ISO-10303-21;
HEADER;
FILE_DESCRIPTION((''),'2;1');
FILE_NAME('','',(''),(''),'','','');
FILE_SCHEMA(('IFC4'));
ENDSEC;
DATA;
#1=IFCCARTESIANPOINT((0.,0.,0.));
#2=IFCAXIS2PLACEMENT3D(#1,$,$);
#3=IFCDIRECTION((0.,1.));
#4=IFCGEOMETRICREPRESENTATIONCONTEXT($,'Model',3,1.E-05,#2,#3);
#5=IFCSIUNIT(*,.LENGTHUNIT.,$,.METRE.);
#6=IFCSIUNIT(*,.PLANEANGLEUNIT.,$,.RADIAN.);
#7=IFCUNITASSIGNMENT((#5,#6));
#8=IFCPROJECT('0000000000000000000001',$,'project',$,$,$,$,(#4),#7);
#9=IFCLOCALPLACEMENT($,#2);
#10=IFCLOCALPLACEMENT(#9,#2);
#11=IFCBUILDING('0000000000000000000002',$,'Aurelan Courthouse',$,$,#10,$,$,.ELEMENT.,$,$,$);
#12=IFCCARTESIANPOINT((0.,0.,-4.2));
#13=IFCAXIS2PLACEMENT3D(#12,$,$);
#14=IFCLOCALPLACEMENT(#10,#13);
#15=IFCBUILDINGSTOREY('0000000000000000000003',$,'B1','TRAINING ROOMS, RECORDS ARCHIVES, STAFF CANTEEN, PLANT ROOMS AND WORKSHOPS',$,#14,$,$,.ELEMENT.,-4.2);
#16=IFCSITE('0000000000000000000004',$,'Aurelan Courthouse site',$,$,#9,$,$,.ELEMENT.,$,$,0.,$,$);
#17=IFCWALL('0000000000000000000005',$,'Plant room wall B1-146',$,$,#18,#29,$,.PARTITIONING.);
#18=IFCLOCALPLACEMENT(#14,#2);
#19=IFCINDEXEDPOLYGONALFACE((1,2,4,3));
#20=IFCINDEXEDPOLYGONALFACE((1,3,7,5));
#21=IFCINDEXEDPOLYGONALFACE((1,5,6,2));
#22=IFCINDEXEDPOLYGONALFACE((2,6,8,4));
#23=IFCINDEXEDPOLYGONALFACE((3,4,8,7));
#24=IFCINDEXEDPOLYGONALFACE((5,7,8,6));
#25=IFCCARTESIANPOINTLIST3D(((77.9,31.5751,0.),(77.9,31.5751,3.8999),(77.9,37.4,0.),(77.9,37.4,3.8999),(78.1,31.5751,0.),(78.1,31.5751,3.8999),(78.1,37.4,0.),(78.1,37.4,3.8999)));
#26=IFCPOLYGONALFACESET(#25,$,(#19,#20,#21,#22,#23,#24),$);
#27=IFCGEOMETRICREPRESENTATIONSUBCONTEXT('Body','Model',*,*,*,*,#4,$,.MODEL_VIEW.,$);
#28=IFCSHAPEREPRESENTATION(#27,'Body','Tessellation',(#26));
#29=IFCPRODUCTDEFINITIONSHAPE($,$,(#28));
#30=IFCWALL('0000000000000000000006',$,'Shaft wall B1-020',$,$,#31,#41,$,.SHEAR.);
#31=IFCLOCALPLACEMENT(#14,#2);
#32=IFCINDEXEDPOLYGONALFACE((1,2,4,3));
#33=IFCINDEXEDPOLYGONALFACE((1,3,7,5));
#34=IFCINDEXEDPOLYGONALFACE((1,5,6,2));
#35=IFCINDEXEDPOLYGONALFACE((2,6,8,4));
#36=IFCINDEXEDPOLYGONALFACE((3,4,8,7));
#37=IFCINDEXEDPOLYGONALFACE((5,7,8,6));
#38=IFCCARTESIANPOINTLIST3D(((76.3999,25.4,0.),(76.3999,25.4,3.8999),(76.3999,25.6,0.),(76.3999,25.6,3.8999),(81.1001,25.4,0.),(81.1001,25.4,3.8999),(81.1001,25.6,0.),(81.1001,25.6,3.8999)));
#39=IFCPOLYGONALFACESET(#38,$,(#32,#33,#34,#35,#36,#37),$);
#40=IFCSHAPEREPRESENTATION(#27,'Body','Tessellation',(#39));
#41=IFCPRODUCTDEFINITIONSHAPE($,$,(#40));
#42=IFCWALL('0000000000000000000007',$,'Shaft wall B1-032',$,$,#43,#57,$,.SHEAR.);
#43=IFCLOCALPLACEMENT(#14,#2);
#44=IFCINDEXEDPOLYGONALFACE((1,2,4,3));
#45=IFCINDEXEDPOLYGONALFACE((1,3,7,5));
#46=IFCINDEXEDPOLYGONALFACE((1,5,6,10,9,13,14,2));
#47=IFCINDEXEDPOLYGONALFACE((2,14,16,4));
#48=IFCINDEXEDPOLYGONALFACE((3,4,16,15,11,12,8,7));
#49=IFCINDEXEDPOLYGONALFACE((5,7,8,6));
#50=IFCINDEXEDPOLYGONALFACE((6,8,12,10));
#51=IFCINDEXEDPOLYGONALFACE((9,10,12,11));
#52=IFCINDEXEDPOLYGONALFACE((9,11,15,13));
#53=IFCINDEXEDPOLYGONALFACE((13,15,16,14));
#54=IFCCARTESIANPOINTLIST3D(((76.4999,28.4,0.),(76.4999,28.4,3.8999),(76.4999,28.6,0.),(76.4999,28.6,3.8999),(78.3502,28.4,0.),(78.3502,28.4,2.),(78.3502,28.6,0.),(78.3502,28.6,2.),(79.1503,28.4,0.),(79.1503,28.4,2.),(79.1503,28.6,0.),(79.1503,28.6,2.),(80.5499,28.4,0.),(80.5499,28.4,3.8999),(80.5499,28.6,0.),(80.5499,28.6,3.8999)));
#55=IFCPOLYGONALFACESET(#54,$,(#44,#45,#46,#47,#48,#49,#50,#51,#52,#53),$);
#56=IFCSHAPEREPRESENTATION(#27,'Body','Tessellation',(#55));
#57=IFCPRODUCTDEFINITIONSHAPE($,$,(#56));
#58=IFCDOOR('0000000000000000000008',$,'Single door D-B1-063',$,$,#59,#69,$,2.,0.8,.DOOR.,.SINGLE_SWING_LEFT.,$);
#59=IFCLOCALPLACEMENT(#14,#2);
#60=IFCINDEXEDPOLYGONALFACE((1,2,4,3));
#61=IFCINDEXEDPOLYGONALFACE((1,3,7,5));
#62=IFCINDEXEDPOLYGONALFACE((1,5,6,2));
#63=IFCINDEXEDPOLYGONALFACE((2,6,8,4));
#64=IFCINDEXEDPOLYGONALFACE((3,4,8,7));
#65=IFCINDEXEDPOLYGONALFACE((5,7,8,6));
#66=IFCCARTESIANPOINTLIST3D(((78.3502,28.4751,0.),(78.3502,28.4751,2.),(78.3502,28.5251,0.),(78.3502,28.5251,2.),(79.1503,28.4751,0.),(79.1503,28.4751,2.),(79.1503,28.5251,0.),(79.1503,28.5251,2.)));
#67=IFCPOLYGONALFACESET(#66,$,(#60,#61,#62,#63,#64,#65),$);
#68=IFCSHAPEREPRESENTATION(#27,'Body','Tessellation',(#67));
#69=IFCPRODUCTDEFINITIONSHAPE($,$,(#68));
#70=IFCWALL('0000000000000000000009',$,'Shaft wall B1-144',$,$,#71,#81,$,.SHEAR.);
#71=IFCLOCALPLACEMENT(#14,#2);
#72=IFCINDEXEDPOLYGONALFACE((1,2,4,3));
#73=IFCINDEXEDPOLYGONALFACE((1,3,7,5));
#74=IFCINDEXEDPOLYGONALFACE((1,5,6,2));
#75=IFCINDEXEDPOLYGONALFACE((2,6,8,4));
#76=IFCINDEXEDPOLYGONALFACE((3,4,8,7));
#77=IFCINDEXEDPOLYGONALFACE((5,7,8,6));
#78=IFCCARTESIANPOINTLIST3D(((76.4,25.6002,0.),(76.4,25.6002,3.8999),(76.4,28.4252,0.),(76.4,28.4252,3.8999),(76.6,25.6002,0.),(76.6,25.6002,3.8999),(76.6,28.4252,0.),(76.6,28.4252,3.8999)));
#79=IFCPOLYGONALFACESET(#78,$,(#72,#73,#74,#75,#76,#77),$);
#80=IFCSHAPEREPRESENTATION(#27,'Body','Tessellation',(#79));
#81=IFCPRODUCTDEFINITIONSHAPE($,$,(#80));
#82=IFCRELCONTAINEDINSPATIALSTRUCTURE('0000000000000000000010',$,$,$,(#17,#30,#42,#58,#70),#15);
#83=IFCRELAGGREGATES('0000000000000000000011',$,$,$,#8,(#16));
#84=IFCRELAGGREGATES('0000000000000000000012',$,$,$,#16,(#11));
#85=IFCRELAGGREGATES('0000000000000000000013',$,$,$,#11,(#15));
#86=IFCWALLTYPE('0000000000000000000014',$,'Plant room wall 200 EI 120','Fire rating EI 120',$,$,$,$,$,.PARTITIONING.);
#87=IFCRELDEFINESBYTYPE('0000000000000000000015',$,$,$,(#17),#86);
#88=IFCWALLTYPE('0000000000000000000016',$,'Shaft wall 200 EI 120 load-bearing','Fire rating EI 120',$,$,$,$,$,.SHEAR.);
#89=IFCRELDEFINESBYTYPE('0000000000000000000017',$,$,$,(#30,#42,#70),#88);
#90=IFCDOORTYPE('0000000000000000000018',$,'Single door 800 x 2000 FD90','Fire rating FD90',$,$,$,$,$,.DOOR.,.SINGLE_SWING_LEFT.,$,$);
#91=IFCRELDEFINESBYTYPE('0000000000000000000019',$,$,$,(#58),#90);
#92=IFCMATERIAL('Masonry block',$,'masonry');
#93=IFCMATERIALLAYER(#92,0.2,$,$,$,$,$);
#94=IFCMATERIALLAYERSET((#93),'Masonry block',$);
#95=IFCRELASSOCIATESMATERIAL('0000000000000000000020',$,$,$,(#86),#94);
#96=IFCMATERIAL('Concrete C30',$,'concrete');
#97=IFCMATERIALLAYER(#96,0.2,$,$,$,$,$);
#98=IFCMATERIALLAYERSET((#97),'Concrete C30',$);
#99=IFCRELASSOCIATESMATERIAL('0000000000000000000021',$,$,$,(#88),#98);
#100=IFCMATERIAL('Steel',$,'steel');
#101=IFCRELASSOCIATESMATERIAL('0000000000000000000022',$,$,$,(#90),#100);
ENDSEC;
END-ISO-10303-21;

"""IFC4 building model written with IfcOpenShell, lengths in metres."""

from ifc_helpers import new_model, si_unit, direction, frame, frame_2d, origin, place, context, subcontext, project, spatial, rectangle, extrude, material, layer, layer_set, type_object, element, fill, save


model = new_model("IFC4")

# Units and contexts
model_context = context("Model", 3, precision=1e-05, world=origin(), true_north=direction((0.0, 1.0)))
body_context = subcontext(model_context, "Body", "Model", "MODEL_VIEW")
ifc_project = project(units=[si_unit("LENGTHUNIT", "METRE"), si_unit("PLANEANGLEUNIT", "RADIAN")], contexts=[model_context])

# Site, building, storey
site_placement = place(None, origin())
site = spatial("IfcSite", under=ifc_project, at=site_placement, Name="Aurelan Courthouse site", CompositionType="ELEMENT", RefElevation=0.0)
building_placement = place(site_placement, origin())
building = spatial("IfcBuilding", under=site, at=building_placement, Name="Aurelan Courthouse", CompositionType="ELEMENT")
storey_placement = place(building_placement, frame((0.0, 0.0, -4.2)))
storey = spatial("IfcBuildingStorey", under=building, at=storey_placement, Name="B1", Description="TRAINING ROOMS, RECORDS ARCHIVES, STAFF CANTEEN, PLANT ROOMS AND WORKSHOPS", CompositionType="ELEMENT", Elevation=-4.2)

# Shared definitions
ifc_material_1 = material(Name="Masonry block", Category="masonry")
ifc_layer_1 = layer(ifc_material_1, 0.2)
ifc_layer_set_1 = layer_set([ifc_layer_1], Name="Masonry block")
wall_type_1 = type_object("IfcWallType", Name="Plant room wall 200 EI 120", Description="Fire rating EI 120", PredefinedType="PARTITIONING", material=ifc_layer_set_1)

# Shared definitions
ifc_material_2 = material(Name="Steel", Category="steel")

# Walls
wall_1_placement = place(storey_placement, frame((78.0, 31.575, 0.0), z_axis=(0.0, 0.0, 1.0), x_axis=(0.0, 1.0, 0.0)))
element("IfcWall", 1, at=wall_1_placement, inside=storey, type_object=wall_type_1, Name="Plant room wall B1-146", PredefinedType="PARTITIONING", context=body_context, shape_type="SweptSolid", body=[
    extrude(rectangle(XDim=5.825, YDim=0.2, at=frame_2d((2.9126, 0.0))), origin(), (0.0, 0.0, 1.0), 3.8999),
])
ifc_material_3 = material(Name="Concrete C30", Category="concrete")
ifc_layer_2 = layer(ifc_material_3, 0.2)
ifc_layer_set_2 = layer_set([ifc_layer_2], Name="Concrete C30")
wall_type_2 = type_object("IfcWallType", Name="Shaft wall 200 EI 120 load-bearing", Description="Fire rating EI 120", PredefinedType="SHEAR", material=ifc_layer_set_2)
wall_2_placement = place(storey_placement, frame((76.3999, 25.5, 0.0), z_axis=(0.0, 0.0, 1.0), x_axis=(1.0, 0.0, 0.0)))
element("IfcWall", 2, at=wall_2_placement, inside=storey, type_object=wall_type_2, Name="Shaft wall B1-020", PredefinedType="SHEAR", context=body_context, shape_type="SweptSolid", body=[
    extrude(rectangle(XDim=4.7002, YDim=0.2, at=frame_2d((2.3501, 0.0))), origin(), (0.0, 0.0, 1.0), 3.8999),
])

# Wall, opening, door
wall_3_placement = place(storey_placement, frame((76.5, 28.5, 0.0), z_axis=(0.0, 0.0, 1.0), x_axis=(1.0, 0.0, 0.0)))
wall_3 = element("IfcWall", 3, at=wall_3_placement, inside=storey, type_object=wall_type_2, Name="Shaft wall B1-032", PredefinedType="SHEAR", context=body_context, shape_type="SweptSolid", body=[
    extrude(rectangle(XDim=4.05, YDim=0.2, at=frame_2d((2.0249, 0.0))), origin(), (0.0, 0.0, 1.0), 3.8999),
])
opening_1_placement = place(wall_3_placement, frame((2.6501, 0.0, 0.0), z_axis=(0.0, 0.0, 1.0), x_axis=(-1.0, 0.0, 0.0)))
opening_1 = element("IfcOpeningElement", 4, at=opening_1_placement, cuts=wall_3, PredefinedType="OPENING", context=body_context, shape_type="SweptSolid", body=[
    extrude(rectangle(XDim=0.8, YDim=2.0, at=frame_2d((0.3999, 1.0))), frame((0.0, 0.1099, 0.0), z_axis=(0.0, -1.0, 0.0), x_axis=(1.0, 0.0, 0.0)), (0.0, 0.0, 1.0), 0.22),
])
door_type_1 = type_object("IfcDoorType", Name="Single door 800 x 2000 FD90", Description="Fire rating FD90", OperationType="SINGLE_SWING_LEFT", PredefinedType="DOOR", material=ifc_material_2)
door_1_placement = place(opening_1_placement, origin())
door_1 = element("IfcDoor", 5, at=door_1_placement, inside=storey, type_object=door_type_1, Name="Single door D-B1-063", OperationType="SINGLE_SWING_LEFT", OverallHeight=2.0, OverallWidth=0.8, PredefinedType="DOOR", context=body_context, shape_type="SweptSolid", body=[
    extrude(rectangle(XDim=0.8, YDim=2.0, at=frame_2d((0.3999, 1.0))), frame((0.0, 0.0249, 0.0), z_axis=(0.0, -1.0, 0.0), x_axis=(1.0, 0.0, 0.0)), (0.0, 0.0, 1.0), 0.05),
])
fill(opening_1, door_1)

# Wall
wall_4_placement = place(storey_placement, frame((76.5, 25.6001, 0.0), z_axis=(0.0, 0.0, 1.0), x_axis=(0.0, 1.0, 0.0)))
element("IfcWall", 6, at=wall_4_placement, inside=storey, type_object=wall_type_2, Name="Shaft wall B1-144", PredefinedType="SHEAR", context=body_context, shape_type="SweptSolid", body=[
    extrude(rectangle(XDim=2.825, YDim=0.2, at=frame_2d((1.4126, 0.0))), origin(), (0.0, 0.0, 1.0), 3.8999),
])

save(model, "model.ifc")
